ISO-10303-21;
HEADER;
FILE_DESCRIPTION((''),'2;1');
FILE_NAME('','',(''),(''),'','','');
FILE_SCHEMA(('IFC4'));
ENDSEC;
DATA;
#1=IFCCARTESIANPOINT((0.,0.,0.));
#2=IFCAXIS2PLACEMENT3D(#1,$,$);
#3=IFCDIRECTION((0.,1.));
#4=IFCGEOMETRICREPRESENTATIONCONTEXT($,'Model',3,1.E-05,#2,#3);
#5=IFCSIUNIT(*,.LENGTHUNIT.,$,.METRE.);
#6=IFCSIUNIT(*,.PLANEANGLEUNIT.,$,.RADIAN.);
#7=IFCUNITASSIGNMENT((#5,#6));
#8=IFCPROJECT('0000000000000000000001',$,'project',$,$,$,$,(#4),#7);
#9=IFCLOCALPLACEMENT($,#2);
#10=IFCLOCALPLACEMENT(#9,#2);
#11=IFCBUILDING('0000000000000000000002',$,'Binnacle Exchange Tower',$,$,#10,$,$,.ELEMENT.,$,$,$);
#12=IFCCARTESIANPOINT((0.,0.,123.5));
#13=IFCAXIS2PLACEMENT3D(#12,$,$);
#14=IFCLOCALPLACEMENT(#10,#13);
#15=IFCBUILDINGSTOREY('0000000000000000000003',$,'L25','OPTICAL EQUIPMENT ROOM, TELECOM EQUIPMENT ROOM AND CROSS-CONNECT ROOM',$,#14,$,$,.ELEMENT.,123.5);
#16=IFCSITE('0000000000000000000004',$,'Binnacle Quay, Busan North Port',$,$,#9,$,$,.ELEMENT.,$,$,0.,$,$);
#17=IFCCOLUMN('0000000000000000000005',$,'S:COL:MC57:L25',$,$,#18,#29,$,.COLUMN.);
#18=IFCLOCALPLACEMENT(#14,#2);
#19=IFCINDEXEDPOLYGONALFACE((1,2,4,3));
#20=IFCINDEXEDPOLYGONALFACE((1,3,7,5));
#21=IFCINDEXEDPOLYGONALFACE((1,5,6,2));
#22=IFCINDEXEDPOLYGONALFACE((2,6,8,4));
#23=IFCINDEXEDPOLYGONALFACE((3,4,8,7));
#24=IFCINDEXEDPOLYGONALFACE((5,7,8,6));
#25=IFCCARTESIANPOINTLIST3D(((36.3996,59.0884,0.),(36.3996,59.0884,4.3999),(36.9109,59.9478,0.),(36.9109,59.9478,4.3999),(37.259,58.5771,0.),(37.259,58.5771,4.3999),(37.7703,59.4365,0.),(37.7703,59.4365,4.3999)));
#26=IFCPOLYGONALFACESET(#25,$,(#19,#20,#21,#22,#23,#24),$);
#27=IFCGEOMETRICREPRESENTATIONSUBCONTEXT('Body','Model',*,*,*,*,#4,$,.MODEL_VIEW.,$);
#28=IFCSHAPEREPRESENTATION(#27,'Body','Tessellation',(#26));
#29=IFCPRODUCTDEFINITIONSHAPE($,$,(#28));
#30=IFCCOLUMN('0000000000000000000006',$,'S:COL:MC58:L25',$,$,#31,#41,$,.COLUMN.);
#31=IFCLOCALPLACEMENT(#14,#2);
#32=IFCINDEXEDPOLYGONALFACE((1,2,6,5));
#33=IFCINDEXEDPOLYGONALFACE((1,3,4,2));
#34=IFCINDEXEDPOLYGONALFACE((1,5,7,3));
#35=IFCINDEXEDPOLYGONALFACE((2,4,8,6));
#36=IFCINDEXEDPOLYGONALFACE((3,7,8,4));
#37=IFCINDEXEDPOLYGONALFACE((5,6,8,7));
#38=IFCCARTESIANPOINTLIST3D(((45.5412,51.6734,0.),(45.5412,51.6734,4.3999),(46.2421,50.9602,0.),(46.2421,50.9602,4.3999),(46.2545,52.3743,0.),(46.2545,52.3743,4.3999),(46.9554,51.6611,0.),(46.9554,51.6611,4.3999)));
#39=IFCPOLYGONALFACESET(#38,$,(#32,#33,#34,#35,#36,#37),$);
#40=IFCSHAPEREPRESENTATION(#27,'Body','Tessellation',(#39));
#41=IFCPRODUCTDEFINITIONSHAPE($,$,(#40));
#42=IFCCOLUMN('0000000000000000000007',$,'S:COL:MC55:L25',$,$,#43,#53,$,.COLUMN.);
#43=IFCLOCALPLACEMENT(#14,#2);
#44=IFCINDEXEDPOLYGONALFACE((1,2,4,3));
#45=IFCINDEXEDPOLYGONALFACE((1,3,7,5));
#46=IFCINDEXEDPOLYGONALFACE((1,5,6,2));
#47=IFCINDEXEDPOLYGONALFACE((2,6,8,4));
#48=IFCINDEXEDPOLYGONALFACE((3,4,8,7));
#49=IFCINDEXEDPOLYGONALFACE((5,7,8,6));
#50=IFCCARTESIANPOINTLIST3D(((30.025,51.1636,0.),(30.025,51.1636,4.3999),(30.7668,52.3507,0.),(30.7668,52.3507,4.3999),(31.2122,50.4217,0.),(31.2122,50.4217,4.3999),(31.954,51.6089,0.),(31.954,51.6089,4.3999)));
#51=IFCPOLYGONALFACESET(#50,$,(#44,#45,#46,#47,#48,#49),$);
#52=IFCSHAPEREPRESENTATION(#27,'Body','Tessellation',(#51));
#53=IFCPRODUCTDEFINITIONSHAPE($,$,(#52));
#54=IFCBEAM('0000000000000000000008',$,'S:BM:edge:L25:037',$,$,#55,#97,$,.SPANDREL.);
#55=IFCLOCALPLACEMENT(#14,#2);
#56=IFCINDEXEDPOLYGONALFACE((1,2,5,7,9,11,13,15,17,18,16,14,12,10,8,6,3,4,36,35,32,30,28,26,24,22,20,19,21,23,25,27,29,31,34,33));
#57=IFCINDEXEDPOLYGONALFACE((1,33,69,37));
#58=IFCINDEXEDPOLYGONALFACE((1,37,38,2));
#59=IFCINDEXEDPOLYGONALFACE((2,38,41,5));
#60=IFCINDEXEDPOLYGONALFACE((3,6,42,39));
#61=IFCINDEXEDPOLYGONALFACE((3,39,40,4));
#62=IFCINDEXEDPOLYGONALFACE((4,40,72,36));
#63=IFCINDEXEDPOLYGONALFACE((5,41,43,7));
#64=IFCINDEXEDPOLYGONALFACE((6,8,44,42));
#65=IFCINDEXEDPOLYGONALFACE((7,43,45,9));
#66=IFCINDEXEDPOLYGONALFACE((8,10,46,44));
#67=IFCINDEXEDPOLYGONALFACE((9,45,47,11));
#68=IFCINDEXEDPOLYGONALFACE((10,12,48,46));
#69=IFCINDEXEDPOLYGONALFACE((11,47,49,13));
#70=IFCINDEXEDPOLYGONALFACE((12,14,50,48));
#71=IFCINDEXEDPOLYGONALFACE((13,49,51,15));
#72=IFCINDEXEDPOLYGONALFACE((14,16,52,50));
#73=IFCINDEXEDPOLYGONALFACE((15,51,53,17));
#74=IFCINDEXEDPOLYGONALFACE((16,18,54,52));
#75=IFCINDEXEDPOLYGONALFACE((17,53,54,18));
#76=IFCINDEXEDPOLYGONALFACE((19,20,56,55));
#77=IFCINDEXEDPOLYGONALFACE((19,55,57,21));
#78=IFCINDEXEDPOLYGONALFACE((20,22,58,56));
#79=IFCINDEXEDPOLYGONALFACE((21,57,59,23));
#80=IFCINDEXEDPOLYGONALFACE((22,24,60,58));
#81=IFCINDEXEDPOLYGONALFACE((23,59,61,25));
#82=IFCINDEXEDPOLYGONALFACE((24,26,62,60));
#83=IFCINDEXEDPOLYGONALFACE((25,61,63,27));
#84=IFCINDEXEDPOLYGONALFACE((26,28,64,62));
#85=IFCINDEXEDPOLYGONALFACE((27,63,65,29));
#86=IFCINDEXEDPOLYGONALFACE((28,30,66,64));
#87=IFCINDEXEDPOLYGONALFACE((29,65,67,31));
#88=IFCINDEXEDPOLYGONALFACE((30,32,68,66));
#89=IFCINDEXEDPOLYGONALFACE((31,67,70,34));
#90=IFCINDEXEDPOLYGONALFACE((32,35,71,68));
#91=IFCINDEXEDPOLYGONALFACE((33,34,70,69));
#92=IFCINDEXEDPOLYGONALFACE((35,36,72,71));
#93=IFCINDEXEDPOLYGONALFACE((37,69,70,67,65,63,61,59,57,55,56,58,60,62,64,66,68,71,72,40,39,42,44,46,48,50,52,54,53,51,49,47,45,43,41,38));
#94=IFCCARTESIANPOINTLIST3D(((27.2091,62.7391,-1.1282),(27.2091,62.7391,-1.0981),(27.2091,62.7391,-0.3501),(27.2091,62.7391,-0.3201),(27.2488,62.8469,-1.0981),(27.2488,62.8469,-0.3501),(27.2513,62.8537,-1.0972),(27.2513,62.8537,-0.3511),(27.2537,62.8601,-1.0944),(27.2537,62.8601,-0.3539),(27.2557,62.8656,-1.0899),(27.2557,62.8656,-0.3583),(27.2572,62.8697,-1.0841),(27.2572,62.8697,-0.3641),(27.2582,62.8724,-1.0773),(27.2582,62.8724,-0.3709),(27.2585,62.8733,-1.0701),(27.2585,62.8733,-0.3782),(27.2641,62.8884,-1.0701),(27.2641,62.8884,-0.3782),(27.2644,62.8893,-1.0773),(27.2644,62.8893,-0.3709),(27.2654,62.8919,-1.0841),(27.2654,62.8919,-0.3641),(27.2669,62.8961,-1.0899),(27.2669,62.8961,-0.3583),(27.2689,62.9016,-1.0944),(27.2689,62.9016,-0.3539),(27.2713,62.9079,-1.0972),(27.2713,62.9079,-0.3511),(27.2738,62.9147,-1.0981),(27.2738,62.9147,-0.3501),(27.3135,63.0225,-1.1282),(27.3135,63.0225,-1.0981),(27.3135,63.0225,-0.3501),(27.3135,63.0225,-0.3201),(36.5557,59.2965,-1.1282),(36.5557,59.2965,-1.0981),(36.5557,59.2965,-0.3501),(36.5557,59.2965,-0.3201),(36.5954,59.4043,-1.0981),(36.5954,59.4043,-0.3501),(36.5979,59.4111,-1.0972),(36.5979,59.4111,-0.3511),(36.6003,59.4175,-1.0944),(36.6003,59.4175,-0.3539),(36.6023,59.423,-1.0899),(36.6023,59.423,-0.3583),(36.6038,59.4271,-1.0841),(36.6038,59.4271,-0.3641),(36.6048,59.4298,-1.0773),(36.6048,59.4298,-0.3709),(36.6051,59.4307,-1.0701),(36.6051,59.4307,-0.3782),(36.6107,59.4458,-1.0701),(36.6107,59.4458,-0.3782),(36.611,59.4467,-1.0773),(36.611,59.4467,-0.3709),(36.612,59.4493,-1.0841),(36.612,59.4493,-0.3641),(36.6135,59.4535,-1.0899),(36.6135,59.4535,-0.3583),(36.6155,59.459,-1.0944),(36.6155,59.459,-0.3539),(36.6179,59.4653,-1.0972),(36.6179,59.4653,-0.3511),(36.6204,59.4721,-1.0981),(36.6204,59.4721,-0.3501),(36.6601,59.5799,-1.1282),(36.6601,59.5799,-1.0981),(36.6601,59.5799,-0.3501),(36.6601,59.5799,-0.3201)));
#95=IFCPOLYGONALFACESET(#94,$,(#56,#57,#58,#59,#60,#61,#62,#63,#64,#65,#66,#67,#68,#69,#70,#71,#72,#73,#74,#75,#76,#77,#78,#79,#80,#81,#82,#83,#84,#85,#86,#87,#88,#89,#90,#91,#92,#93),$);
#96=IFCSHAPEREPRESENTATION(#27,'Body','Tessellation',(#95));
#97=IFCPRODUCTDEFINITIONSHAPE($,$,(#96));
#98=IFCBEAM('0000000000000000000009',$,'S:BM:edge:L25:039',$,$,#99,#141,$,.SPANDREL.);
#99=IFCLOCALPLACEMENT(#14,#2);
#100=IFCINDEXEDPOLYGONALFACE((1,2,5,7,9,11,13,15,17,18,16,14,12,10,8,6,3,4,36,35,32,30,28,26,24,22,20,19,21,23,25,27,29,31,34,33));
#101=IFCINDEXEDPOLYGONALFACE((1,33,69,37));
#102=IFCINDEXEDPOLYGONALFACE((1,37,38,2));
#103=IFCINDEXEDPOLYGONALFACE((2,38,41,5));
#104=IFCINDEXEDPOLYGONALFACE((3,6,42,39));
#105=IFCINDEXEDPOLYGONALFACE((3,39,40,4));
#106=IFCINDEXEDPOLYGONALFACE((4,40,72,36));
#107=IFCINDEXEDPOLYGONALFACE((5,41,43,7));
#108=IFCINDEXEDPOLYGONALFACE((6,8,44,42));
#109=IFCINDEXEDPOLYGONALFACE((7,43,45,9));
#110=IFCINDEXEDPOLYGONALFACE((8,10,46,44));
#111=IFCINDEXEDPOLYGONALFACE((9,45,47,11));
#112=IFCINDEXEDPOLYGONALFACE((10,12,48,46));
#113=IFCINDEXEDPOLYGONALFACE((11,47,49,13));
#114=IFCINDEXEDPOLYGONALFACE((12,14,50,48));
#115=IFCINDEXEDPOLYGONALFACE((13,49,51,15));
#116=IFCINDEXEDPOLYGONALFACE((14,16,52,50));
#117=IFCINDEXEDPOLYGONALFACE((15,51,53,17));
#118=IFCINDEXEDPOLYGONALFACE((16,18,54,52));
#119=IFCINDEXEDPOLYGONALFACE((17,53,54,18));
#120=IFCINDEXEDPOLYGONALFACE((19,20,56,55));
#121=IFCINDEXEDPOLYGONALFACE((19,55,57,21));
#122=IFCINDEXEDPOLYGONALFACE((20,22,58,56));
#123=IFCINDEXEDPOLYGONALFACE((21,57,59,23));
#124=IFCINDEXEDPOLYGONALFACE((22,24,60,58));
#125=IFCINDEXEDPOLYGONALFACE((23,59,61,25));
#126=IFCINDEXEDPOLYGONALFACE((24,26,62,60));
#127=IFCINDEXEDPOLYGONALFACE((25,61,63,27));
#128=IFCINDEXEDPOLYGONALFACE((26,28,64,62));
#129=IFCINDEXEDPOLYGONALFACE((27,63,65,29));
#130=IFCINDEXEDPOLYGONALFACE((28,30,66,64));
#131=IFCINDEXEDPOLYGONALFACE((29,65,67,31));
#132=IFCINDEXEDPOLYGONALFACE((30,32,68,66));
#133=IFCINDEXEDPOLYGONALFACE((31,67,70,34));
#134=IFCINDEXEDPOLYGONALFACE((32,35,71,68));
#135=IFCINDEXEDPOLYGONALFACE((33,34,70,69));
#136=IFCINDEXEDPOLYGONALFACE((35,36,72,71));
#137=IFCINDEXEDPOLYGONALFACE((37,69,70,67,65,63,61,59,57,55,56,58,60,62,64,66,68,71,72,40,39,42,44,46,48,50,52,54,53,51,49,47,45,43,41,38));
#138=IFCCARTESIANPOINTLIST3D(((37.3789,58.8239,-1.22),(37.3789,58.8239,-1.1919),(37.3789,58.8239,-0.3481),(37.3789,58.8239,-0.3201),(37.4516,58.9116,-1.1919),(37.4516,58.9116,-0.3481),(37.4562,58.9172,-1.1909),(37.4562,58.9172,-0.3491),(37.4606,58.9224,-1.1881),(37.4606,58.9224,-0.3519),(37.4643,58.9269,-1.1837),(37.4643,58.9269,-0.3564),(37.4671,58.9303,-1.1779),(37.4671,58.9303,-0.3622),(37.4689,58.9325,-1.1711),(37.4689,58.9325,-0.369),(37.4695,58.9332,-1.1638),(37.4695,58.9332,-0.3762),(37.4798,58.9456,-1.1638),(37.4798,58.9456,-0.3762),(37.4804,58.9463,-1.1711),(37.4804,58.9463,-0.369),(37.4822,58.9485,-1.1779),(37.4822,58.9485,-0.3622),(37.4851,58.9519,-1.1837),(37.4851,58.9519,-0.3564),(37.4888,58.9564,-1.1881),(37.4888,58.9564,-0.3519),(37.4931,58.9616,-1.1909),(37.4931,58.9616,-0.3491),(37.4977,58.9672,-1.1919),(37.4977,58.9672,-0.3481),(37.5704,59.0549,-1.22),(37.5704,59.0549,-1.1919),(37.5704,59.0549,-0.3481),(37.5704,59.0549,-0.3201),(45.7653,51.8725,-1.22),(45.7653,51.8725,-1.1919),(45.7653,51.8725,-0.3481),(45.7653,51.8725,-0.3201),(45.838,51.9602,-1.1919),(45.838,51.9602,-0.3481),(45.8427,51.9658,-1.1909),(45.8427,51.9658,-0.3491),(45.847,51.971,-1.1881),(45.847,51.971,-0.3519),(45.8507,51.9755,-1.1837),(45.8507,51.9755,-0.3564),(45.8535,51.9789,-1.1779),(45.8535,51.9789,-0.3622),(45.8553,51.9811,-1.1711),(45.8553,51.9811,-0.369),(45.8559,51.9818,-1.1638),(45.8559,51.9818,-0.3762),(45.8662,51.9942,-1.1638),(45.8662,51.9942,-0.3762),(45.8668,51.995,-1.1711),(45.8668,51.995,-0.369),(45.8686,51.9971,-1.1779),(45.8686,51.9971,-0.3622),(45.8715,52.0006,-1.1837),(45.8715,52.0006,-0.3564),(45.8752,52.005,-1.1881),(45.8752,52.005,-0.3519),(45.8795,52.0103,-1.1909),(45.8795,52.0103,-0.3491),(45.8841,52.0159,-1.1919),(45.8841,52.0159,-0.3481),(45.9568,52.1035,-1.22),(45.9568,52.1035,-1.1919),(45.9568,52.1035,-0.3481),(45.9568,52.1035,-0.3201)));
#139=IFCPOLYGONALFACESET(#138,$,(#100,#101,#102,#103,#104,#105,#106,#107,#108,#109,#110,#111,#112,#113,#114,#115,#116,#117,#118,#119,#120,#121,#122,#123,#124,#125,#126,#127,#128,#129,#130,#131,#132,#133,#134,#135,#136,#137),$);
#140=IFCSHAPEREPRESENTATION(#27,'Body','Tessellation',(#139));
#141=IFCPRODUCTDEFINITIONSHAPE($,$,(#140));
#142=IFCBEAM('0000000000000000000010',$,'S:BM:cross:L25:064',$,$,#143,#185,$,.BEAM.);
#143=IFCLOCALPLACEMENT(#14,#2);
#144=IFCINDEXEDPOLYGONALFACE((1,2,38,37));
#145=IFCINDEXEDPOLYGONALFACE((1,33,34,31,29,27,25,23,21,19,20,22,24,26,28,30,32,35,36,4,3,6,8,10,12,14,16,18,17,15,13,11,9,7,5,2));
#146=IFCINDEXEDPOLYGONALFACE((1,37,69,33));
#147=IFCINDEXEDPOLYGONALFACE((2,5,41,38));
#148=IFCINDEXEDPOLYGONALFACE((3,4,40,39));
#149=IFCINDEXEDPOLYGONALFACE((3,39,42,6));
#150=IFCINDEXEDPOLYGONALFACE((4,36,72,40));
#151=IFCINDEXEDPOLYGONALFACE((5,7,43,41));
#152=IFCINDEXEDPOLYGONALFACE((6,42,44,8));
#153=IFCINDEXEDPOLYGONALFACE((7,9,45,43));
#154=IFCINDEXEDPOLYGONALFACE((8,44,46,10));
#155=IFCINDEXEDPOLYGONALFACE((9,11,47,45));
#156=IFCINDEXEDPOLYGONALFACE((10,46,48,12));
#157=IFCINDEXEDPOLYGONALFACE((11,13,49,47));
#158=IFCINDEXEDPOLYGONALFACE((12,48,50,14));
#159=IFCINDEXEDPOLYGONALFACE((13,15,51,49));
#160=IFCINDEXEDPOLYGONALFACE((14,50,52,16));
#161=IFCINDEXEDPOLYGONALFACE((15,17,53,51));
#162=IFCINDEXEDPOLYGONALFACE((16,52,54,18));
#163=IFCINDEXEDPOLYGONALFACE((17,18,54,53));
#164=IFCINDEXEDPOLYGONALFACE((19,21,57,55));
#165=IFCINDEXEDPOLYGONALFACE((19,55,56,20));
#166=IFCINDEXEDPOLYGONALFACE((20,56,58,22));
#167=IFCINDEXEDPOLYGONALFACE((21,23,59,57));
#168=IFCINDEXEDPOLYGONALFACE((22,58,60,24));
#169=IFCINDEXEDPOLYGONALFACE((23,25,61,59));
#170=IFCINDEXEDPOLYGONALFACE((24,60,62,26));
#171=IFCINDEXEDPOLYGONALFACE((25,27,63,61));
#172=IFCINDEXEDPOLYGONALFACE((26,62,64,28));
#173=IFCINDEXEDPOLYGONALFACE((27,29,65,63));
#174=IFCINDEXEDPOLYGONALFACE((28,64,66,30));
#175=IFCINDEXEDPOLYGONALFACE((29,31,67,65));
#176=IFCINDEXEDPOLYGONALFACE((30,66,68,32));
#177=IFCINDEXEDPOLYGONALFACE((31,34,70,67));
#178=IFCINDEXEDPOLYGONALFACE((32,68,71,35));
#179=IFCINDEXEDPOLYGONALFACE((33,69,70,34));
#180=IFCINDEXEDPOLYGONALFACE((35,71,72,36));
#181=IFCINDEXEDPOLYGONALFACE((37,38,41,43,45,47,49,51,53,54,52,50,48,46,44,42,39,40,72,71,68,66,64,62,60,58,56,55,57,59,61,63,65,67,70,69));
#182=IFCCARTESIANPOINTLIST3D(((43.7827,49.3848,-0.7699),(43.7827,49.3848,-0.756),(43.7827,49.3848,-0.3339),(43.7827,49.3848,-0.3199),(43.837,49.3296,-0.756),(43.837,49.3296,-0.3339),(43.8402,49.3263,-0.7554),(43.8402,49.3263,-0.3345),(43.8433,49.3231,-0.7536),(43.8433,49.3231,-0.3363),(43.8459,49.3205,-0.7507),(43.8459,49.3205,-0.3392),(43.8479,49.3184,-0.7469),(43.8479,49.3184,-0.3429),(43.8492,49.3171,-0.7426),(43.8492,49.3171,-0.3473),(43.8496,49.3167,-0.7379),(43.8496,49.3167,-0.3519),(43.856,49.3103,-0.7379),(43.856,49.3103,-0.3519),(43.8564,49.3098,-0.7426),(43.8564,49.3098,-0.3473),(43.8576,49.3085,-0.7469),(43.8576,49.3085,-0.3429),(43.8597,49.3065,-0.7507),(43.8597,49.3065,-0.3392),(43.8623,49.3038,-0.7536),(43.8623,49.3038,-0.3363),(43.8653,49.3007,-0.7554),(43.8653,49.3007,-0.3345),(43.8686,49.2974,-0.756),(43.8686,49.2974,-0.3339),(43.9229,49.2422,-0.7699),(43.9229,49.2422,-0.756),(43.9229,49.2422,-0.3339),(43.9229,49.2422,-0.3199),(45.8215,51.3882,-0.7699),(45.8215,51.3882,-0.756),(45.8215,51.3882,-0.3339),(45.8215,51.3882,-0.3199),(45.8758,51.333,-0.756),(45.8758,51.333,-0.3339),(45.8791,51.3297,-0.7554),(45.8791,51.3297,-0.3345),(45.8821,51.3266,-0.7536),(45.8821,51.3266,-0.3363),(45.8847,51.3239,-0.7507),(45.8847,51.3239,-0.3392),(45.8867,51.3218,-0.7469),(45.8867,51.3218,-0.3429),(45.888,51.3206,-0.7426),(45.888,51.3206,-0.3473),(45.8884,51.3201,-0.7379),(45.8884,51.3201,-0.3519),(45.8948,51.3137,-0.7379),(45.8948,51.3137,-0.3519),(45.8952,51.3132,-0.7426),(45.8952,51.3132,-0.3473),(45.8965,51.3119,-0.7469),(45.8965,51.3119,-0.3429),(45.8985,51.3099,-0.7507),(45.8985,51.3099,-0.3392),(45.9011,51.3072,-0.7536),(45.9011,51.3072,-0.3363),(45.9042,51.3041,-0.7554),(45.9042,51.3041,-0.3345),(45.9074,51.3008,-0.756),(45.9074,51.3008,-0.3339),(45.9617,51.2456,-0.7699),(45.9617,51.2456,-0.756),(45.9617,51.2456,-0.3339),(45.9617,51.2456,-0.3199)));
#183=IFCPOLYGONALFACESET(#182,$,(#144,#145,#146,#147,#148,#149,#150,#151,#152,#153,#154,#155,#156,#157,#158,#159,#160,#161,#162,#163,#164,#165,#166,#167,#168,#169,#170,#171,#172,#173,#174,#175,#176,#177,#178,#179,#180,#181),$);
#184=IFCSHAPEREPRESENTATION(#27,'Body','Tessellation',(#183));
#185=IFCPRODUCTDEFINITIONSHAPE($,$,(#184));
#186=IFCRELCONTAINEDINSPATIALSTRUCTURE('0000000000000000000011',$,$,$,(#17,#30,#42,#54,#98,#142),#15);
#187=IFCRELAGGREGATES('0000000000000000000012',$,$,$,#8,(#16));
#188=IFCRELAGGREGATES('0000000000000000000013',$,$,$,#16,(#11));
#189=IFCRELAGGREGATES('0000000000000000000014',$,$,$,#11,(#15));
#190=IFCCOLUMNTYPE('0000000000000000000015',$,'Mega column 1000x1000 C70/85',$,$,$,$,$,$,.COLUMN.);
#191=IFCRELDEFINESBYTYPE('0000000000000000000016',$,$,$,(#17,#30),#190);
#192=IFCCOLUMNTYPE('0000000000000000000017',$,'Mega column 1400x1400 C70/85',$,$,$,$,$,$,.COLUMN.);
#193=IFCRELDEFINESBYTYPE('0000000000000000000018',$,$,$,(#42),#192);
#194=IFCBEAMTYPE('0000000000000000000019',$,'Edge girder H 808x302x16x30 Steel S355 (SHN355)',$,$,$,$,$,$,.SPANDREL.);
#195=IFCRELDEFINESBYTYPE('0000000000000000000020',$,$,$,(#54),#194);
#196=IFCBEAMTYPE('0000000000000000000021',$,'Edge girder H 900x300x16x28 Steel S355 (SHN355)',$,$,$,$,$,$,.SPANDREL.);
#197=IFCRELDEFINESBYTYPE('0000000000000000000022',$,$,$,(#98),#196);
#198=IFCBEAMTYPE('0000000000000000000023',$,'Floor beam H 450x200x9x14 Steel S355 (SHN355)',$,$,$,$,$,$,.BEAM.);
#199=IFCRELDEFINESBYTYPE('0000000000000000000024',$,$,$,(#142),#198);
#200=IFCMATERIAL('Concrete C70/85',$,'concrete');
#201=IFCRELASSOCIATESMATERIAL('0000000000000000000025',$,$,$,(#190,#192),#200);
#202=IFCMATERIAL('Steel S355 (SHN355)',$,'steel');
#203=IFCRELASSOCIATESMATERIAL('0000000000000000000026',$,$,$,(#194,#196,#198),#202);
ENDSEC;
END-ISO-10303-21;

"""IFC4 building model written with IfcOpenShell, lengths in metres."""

from ifc_helpers import new_model, si_unit, direction, frame, origin, origin_2d, place, context, subcontext, project, spatial, rectangle, i_section, extrude, material, material_profile, profile_set, type_object, element, save


model = new_model("IFC4")

# Units and contexts
model_context = context("Model", 3, precision=1e-05, world=origin(), true_north=direction((0.0, 1.0)))
body_context = subcontext(model_context, "Body", "Model", "MODEL_VIEW")
ifc_project = project(units=[si_unit("LENGTHUNIT", "METRE"), si_unit("PLANEANGLEUNIT", "RADIAN")], contexts=[model_context])

# Site, building, storey
site_placement = place(None, origin())
site = spatial("IfcSite", under=ifc_project, at=site_placement, Name="Binnacle Quay, Busan North Port", CompositionType="ELEMENT", RefElevation=0.0)
building_placement = place(site_placement, origin())
building = spatial("IfcBuilding", under=site, at=building_placement, Name="Binnacle Exchange Tower", CompositionType="ELEMENT")
storey_placement = place(building_placement, frame((0.0, 0.0, 123.5)))
storey = spatial("IfcBuildingStorey", under=building, at=storey_placement, Name="L25", Description="OPTICAL EQUIPMENT ROOM, TELECOM EQUIPMENT ROOM AND CROSS-CONNECT ROOM", CompositionType="ELEMENT", Elevation=123.5)

# Columns
ifc_material_1 = material(Name="Concrete C70/85", Category="concrete")
ifc_material_profile_1 = material_profile(ifc_material_1, rectangle(XDim=1.0, YDim=1.0, at=origin_2d()), Name="Mega column 1000x1000 C70/85")
ifc_profile_set_1 = profile_set([ifc_material_profile_1], Name="Concrete C70/85")
column_type_1 = type_object("IfcColumnType", Name="Mega column 1000x1000 C70/85", PredefinedType="COLUMN", material=ifc_profile_set_1)
for number, where, z_axis, x_axis, name in (
    (1, (37.085, 59.2625, 0.0), (0.0, 0.0, 1.0), (-0.859406, 0.511293, 0.0), "S:COL:MC57:L25"),
    (2, (46.2483, 51.6672, 0.0), (0.0, 0.0, 1.0), (-0.700909, 0.71325, 0.0), "S:COL:MC58:L25"),
):
    element("IfcColumn", number, at=place(storey_placement, frame(where, z_axis=z_axis, x_axis=x_axis)), inside=storey, type_object=column_type_1, Name=name, PredefinedType="COLUMN", context=body_context, shape_type="SweptSolid", body=[
        extrude(rectangle(XDim=1.0, YDim=1.0, at=origin_2d()), origin(), (0.0, 0.0, 1.0), 4.3999),
    ])
ifc_material_profile_2 = material_profile(ifc_material_1, rectangle(XDim=1.3999, YDim=1.3999, at=origin_2d()), Name="Mega column 1400x1400 C70/85")
ifc_profile_set_2 = profile_set([ifc_material_profile_2], Name="Concrete C70/85")
column_type_2 = type_object("IfcColumnType", Name="Mega column 1400x1400 C70/85", PredefinedType="COLUMN", material=ifc_profile_set_2)
column_placement = place(storey_placement, frame((30.9895, 51.3862, 0.0), z_axis=(0.0, 0.0, 1.0), x_axis=(0.529919, 0.848048, 0.0)))
element("IfcColumn", 3, at=column_placement, inside=storey, type_object=column_type_2, Name="S:COL:MC55:L25", PredefinedType="COLUMN", context=body_context, shape_type="SweptSolid", body=[
    extrude(rectangle(XDim=1.3999, YDim=1.3999, at=origin_2d()), origin(), (0.0, 0.0, 1.0), 4.3999),
])

# Beams
ifc_material_2 = material(Name="Steel S355 (SHN355)", Category="steel")
ifc_material_profile_3 = material_profile(ifc_material_2, i_section(OverallWidth=0.302, OverallDepth=0.8081, WebThickness=0.0161, FlangeThickness=0.03, FilletRadius=0.0281, at=origin_2d()), Name="H 808x302x16x30")
ifc_profile_set_3 = profile_set([ifc_material_profile_3], Name="Steel S355 (SHN355)")
beam_type_1 = type_object("IfcBeamType", Name="Edge girder H 808x302x16x30 Steel S355 (SHN355)", PredefinedType="SPANDREL", material=ifc_profile_set_3)
beam_1_placement = place(storey_placement, frame((36.6079, 59.4382, -0.7241), z_axis=(-0.938372, 0.345627, 0.0), x_axis=(-0.345627, -0.938372, 0.0)))
element("IfcBeam", 4, at=beam_1_placement, inside=storey, type_object=beam_type_1, Name="S:BM:edge:L25:037", PredefinedType="SPANDREL", context=body_context, shape_type="SweptSolid", body=[
    extrude(i_section(OverallWidth=0.302, OverallDepth=0.8081, WebThickness=0.0161, FlangeThickness=0.03, FilletRadius=0.0281, at=origin_2d()), origin(), (0.0, 0.0, 1.0), 9.9604),
])
ifc_material_profile_4 = material_profile(ifc_material_2, i_section(OverallWidth=0.3, OverallDepth=0.8999, WebThickness=0.0161, FlangeThickness=0.0281, FilletRadius=0.0281, at=origin_2d()), Name="H 900x300x16x28")
ifc_profile_set_4 = profile_set([ifc_material_profile_4], Name="Steel S355 (SHN355)")
beam_type_2 = type_object("IfcBeamType", Name="Edge girder H 900x300x16x28 Steel S355 (SHN355)", PredefinedType="SPANDREL", material=ifc_profile_set_4)
beam_2_placement = place(storey_placement, frame((45.8611, 51.988, -0.77), z_axis=(-0.769903, 0.638161, 0.0), x_axis=(-0.638161, -0.769903, 0.0)))
element("IfcBeam", 5, at=beam_2_placement, inside=storey, type_object=beam_type_2, Name="S:BM:edge:L25:039", PredefinedType="SPANDREL", context=body_context, shape_type="SweptSolid", body=[
    extrude(i_section(OverallWidth=0.3, OverallDepth=0.8999, WebThickness=0.0161, FlangeThickness=0.0281, FilletRadius=0.0281, at=origin_2d()), origin(), (0.0, 0.0, 1.0), 10.8928),
])
ifc_material_profile_5 = material_profile(ifc_material_2, i_section(OverallWidth=0.2, OverallDepth=0.45, WebThickness=0.009, FlangeThickness=0.0139, FilletRadius=0.0181, at=origin_2d()), Name="H 450x200x9x14")
ifc_profile_set_5 = profile_set([ifc_material_profile_5], Name="Steel S355 (SHN355)")
beam_type_3 = type_object("IfcBeamType", Name="Floor beam H 450x200x9x14 Steel S355 (SHN355)", PredefinedType="BEAM", material=ifc_profile_set_5)
beam_3_placement = place(storey_placement, frame((45.8916, 51.3169, -0.5449), z_axis=(-0.713272, -0.700887, 0.0), x_axis=(0.700887, -0.713272, 0.0)))
element("IfcBeam", 6, at=beam_3_placement, inside=storey, type_object=beam_type_3, Name="S:BM:cross:L25:064", PredefinedType="BEAM", context=body_context, shape_type="SweptSolid", body=[
    extrude(i_section(OverallWidth=0.2, OverallDepth=0.45, WebThickness=0.009, FlangeThickness=0.0139, FilletRadius=0.0181, at=origin_2d()), origin(), (0.0, 0.0, 1.0), 2.8584),
])

save(model, "model.ifc")
